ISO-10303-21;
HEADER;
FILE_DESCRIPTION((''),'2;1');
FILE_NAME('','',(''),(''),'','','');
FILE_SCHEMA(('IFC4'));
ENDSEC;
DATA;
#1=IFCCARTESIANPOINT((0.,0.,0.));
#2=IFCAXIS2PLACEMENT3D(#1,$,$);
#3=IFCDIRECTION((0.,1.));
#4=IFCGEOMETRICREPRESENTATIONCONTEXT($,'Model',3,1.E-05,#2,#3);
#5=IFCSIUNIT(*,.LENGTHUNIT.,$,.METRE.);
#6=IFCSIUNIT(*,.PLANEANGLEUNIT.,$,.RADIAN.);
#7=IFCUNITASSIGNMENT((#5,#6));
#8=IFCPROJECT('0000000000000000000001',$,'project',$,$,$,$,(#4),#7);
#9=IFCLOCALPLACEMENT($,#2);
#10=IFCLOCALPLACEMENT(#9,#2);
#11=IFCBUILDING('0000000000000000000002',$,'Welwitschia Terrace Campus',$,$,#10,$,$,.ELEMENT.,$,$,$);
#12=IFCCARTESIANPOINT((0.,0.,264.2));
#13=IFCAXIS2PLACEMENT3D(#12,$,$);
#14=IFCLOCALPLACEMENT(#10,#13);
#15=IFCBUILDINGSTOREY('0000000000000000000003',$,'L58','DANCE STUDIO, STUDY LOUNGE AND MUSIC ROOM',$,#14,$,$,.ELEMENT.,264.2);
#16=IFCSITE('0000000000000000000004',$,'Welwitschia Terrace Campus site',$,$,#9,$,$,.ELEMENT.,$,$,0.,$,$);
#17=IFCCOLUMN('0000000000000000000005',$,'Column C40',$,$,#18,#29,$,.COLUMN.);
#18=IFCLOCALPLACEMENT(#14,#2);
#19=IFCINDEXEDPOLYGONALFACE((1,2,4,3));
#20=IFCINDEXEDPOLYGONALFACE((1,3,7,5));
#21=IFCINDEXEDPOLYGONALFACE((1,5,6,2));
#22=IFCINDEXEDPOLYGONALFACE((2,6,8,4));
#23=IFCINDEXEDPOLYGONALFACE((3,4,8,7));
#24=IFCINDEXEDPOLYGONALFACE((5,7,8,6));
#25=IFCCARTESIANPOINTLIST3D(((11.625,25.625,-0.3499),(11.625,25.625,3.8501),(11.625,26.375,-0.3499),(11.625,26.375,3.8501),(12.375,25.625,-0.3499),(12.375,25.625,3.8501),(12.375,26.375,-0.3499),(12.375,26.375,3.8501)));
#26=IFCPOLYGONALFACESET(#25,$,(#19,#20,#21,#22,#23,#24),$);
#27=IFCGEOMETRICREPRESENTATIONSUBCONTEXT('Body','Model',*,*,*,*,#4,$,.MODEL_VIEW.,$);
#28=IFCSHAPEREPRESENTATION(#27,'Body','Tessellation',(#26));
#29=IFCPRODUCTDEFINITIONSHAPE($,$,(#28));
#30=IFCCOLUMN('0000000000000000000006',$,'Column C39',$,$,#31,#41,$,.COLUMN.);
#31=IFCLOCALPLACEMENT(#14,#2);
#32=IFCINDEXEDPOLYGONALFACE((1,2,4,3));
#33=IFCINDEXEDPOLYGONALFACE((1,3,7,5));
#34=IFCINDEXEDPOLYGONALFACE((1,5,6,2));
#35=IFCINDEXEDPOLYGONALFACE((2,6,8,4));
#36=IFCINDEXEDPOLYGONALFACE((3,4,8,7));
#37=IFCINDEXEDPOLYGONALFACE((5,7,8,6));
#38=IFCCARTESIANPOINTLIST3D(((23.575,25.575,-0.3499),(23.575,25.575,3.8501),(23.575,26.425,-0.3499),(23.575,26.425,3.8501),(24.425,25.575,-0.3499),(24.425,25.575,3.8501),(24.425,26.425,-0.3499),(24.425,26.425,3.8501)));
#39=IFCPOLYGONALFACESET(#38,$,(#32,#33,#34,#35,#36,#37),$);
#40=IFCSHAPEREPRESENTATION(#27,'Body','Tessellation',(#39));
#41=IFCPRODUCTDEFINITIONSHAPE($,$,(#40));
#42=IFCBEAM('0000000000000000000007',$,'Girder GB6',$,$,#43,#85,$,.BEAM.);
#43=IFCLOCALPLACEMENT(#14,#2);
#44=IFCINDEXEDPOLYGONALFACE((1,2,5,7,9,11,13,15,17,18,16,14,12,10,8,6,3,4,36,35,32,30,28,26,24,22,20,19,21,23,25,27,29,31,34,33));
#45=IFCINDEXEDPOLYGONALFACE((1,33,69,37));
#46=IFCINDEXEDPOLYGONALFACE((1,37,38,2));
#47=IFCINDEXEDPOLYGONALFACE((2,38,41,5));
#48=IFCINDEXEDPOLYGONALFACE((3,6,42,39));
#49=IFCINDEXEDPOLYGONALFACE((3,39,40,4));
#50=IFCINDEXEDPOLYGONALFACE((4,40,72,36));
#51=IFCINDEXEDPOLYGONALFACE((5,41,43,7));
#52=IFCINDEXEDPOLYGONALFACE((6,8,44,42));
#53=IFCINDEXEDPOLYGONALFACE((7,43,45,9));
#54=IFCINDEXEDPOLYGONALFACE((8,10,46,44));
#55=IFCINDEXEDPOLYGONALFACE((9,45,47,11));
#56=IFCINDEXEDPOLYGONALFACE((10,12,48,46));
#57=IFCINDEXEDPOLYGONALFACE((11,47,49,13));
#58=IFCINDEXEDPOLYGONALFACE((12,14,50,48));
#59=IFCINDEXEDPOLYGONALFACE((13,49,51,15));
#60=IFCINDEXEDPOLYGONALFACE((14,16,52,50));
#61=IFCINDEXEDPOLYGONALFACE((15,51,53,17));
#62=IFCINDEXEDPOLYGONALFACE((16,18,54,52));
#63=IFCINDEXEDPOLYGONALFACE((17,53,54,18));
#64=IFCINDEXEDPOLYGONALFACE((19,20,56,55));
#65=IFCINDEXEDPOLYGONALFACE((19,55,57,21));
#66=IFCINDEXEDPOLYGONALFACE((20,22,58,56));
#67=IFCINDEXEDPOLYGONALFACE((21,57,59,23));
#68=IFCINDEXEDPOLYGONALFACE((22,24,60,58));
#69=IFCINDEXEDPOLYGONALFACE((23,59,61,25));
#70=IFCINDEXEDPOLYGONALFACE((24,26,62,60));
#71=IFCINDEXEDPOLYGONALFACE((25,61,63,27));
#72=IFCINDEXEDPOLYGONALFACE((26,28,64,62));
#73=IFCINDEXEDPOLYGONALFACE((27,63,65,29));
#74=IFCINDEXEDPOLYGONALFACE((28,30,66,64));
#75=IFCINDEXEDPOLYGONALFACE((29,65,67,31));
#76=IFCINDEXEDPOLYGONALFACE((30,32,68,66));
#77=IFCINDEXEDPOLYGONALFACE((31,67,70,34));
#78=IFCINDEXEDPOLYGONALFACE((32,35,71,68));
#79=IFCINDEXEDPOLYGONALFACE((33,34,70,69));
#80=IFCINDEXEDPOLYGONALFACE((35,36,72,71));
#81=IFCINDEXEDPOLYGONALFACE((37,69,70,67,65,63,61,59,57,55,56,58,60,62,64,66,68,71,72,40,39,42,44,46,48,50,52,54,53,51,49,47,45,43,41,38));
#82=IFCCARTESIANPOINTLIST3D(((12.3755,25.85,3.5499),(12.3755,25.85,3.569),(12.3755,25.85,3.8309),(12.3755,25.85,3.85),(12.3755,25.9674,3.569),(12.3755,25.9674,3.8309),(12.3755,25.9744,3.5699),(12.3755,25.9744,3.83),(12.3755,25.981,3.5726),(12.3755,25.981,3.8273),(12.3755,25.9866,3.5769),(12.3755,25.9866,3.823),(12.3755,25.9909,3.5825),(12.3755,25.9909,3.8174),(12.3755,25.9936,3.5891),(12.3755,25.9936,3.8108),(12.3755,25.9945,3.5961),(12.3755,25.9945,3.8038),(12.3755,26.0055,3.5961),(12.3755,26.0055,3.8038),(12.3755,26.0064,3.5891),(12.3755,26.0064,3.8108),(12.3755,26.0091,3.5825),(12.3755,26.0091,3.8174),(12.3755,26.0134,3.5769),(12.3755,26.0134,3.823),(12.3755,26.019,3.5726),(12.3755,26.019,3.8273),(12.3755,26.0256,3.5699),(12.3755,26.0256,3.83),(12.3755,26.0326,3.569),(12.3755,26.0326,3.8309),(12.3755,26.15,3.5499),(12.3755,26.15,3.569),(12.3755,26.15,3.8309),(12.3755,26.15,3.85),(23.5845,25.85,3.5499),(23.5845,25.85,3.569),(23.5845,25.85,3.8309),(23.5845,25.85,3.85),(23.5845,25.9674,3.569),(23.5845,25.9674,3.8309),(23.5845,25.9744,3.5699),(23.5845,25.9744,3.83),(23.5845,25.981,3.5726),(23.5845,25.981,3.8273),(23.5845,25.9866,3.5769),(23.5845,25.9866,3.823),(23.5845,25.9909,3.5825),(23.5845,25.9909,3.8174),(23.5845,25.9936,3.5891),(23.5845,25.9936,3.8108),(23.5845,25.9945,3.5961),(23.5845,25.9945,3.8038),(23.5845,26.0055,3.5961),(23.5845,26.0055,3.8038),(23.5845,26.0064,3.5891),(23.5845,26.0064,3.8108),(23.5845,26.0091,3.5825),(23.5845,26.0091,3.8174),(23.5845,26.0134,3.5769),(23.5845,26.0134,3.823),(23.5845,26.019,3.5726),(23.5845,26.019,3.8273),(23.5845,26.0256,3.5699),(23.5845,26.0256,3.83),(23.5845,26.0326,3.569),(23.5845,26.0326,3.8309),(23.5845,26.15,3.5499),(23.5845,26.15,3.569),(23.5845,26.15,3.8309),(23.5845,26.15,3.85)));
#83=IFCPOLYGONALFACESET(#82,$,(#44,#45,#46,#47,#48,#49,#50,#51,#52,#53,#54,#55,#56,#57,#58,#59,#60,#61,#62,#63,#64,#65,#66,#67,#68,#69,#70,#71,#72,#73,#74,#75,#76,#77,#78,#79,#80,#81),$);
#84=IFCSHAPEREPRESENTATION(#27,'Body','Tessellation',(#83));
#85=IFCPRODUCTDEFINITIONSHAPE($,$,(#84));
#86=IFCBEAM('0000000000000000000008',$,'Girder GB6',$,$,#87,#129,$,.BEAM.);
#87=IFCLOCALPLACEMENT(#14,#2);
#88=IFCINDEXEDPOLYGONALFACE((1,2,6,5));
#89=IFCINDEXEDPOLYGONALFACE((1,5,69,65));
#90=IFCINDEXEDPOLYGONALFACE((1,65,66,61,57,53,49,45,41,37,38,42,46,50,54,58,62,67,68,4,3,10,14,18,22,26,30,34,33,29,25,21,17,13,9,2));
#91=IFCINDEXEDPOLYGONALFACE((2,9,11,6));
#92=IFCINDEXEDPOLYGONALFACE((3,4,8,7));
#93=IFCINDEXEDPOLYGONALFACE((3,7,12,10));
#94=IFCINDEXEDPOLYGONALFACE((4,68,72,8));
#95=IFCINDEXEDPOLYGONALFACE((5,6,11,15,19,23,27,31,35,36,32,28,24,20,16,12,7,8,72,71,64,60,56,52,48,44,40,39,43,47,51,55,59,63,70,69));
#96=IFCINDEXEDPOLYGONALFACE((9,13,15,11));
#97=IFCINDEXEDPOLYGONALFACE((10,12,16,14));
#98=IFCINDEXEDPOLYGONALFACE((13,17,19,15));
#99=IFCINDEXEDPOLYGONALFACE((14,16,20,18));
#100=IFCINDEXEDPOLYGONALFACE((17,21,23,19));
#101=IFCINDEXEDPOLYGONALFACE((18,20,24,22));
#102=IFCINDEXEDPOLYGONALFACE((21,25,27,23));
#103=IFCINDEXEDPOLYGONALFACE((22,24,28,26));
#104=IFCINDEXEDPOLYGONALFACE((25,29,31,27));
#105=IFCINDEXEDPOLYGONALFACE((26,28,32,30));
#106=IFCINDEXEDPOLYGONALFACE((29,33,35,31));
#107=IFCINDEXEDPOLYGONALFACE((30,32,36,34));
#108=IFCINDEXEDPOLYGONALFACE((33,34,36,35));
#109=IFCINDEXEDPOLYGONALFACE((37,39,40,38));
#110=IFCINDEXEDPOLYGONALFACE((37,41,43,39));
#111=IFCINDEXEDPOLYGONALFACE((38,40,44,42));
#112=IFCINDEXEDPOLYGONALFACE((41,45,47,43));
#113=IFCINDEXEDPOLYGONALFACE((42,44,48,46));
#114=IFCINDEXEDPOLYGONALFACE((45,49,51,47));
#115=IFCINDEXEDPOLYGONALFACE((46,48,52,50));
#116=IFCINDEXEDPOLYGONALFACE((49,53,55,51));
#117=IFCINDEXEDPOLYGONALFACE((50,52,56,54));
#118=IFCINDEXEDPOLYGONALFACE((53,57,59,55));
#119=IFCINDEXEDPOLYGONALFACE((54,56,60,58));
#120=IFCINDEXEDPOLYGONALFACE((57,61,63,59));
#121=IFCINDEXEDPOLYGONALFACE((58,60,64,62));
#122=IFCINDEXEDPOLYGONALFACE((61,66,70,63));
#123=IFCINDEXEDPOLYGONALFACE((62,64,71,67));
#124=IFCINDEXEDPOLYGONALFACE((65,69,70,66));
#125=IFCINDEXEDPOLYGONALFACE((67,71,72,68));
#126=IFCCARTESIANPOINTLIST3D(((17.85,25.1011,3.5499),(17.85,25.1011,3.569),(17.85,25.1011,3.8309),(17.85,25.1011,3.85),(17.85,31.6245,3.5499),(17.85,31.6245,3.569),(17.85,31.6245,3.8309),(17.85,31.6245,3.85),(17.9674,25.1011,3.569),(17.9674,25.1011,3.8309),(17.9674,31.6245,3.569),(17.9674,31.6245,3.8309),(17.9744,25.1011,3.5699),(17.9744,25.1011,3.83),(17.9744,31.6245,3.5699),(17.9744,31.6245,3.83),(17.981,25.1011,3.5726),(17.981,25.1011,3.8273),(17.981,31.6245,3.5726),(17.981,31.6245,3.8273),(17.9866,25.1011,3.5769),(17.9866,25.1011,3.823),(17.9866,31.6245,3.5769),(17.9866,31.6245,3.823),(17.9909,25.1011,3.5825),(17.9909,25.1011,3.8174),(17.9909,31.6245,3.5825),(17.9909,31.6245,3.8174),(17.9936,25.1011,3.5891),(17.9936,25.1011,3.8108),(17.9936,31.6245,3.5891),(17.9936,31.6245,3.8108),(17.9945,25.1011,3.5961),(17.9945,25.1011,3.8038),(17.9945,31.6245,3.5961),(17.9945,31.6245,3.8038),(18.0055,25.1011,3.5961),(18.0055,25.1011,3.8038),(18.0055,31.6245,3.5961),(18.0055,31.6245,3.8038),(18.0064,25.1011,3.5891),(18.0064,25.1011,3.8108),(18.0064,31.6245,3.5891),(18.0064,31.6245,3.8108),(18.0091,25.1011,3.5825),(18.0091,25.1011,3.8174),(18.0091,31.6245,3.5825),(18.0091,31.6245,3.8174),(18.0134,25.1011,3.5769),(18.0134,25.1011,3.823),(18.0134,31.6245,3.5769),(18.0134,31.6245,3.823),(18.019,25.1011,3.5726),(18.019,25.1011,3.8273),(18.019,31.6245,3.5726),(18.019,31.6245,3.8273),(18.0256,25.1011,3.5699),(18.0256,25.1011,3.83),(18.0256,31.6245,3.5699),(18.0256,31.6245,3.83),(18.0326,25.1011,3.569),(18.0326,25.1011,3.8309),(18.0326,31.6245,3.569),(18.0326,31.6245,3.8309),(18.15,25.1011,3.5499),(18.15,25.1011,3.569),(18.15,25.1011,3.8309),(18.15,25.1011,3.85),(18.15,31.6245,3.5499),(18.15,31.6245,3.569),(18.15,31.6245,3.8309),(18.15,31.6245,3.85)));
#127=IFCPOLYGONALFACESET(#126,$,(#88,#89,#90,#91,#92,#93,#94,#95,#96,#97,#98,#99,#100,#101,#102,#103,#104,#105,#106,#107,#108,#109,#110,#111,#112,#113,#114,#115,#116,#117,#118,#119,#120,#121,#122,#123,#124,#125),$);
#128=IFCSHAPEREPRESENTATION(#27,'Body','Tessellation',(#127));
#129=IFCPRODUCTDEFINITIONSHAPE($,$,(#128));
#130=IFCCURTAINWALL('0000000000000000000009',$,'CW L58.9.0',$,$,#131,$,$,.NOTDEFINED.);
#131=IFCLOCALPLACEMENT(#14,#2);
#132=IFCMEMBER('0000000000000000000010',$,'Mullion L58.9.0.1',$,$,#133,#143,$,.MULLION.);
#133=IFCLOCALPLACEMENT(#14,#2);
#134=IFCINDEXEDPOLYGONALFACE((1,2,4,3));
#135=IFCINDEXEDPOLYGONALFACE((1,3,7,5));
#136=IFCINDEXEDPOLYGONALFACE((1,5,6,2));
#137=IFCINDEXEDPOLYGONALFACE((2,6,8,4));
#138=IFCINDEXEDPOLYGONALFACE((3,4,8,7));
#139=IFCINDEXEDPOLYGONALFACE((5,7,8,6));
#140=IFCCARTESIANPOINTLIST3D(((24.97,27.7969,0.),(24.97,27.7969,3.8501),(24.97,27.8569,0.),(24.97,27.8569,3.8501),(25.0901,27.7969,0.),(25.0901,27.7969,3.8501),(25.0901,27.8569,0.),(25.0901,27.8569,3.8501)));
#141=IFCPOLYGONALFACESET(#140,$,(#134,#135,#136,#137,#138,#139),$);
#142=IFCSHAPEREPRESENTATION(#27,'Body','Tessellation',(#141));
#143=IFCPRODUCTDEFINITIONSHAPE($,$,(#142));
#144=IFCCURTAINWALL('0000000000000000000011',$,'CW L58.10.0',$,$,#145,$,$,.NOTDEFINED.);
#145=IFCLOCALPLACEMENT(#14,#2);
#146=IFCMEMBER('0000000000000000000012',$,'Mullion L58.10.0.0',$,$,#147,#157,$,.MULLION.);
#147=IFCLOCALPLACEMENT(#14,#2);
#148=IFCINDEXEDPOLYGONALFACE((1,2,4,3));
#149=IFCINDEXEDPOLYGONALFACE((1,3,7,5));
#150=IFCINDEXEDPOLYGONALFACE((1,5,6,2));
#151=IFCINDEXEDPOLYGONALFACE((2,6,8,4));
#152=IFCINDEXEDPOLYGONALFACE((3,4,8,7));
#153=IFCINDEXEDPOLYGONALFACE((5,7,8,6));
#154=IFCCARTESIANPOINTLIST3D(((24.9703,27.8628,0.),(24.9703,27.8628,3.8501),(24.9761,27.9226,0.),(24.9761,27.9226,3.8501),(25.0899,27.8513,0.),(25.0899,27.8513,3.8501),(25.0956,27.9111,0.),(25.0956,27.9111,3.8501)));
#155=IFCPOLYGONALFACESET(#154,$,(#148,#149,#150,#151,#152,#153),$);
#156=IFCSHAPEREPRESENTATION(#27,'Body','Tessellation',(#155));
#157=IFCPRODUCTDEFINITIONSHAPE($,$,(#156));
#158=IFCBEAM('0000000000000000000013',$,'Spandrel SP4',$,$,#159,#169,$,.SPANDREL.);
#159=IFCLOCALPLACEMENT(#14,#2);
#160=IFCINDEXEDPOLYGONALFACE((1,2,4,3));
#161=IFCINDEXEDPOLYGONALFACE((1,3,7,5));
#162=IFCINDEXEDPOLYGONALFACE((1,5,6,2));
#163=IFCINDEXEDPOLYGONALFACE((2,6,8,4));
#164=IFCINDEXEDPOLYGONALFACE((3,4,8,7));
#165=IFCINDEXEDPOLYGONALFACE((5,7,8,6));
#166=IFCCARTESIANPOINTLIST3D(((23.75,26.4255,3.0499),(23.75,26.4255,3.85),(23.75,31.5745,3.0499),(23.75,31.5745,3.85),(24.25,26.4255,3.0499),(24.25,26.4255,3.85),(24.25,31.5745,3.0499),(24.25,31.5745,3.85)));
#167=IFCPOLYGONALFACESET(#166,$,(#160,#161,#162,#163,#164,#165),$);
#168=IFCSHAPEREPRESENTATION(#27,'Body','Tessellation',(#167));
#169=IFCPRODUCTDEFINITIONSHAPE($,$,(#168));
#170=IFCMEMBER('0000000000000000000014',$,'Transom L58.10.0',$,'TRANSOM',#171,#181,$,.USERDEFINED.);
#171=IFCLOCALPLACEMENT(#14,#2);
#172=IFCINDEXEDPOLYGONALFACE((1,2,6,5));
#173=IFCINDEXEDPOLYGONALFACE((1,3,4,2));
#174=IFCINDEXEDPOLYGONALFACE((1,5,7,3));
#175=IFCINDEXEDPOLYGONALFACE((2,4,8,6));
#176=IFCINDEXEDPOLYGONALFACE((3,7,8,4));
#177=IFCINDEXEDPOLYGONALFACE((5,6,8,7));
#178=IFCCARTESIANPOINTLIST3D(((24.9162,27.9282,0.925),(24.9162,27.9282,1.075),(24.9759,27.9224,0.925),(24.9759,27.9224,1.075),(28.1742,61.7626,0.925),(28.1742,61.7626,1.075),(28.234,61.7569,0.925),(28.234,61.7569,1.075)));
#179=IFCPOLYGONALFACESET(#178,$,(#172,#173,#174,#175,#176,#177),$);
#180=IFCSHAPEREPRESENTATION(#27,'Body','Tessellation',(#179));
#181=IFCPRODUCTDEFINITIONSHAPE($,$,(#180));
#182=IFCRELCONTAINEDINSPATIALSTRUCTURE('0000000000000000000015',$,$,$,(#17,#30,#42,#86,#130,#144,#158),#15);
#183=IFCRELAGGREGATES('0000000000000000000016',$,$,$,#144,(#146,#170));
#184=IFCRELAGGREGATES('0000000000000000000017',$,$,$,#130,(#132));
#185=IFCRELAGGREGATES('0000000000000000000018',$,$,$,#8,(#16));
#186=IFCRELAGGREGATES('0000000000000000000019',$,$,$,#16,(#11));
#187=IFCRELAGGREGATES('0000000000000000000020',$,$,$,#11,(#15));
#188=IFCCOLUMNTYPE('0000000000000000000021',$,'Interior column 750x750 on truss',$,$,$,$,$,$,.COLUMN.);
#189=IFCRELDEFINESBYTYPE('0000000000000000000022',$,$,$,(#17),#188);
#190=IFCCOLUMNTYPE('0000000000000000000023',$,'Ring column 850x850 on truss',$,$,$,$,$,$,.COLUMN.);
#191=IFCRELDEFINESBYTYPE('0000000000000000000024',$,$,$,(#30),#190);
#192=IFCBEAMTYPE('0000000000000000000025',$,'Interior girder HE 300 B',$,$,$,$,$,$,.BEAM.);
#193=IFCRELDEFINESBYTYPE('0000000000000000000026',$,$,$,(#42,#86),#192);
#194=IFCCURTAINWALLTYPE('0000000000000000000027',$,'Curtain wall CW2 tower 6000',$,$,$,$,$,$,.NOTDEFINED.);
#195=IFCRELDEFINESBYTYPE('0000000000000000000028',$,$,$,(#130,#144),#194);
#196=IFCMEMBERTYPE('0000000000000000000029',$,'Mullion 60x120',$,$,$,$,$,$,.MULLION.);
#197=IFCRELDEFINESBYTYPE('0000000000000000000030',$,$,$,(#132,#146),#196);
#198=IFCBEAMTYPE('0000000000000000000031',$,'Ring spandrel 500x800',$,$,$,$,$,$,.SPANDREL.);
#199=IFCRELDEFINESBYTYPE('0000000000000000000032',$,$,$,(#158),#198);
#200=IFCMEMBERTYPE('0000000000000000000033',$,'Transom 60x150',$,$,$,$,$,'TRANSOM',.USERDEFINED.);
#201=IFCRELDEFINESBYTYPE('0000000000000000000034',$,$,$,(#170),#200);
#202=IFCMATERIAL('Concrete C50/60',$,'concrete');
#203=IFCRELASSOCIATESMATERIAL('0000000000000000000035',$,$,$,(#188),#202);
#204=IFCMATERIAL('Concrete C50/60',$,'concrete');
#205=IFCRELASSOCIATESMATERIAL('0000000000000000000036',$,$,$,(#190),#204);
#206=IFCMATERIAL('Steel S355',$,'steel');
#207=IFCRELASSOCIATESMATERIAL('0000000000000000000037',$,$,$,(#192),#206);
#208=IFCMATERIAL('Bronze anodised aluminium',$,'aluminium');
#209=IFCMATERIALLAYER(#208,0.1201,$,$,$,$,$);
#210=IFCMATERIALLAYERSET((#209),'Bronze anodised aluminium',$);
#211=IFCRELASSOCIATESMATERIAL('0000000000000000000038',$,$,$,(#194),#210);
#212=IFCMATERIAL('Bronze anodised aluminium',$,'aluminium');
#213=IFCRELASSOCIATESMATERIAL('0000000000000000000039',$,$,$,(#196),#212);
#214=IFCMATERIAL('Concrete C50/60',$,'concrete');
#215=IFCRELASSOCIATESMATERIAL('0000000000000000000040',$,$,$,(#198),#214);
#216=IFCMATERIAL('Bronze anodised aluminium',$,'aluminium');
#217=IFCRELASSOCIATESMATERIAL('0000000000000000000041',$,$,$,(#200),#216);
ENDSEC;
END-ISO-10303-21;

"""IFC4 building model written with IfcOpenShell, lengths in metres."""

from ifc_helpers import new_model, si_unit, direction, frame, origin, origin_2d, place, context, subcontext, project, spatial, rectangle, i_section, extrude, material, layer, layer_set, material_profile, profile_set, type_object, element, aggregate, save


model = new_model("IFC4")

# Units and contexts
model_context = context("Model", 3, precision=1e-05, world=origin(), true_north=direction((0.0, 1.0)))
body_context = subcontext(model_context, "Body", "Model", "MODEL_VIEW")
ifc_project = project(units=[si_unit("LENGTHUNIT", "METRE"), si_unit("PLANEANGLEUNIT", "RADIAN")], contexts=[model_context])

# Site, building, storey
site_placement = place(None, origin())
site = spatial("IfcSite", under=ifc_project, at=site_placement, Name="Welwitschia Terrace Campus site", CompositionType="ELEMENT", RefElevation=0.0)
building_placement = place(site_placement, origin())
building = spatial("IfcBuilding", under=site, at=building_placement, Name="Welwitschia Terrace Campus", CompositionType="ELEMENT")
storey_placement = place(building_placement, frame((0.0, 0.0, 264.2)))
storey = spatial("IfcBuildingStorey", under=building, at=storey_placement, Name="L58", Description="DANCE STUDIO, STUDY LOUNGE AND MUSIC ROOM", CompositionType="ELEMENT", Elevation=264.2)

# Columns
ifc_material_1 = material(Name="Concrete C50/60", Category="concrete")
ifc_material_profile_1 = material_profile(ifc_material_1, rectangle(XDim=0.75, YDim=0.75, at=origin_2d()))
ifc_profile_set_1 = profile_set([ifc_material_profile_1], Name="Concrete C50/60")
column_type_1 = type_object("IfcColumnType", Name="Interior column 750x750 on truss", PredefinedType="COLUMN", material=ifc_profile_set_1)
column_1_placement = place(storey_placement, frame((12.0, 26.0, -0.3499), z_axis=(0.0, 0.0, 1.0), x_axis=(1.0, 0.0, 0.0)))
element("IfcColumn", 1, at=column_1_placement, inside=storey, type_object=column_type_1, Name="Column C40", PredefinedType="COLUMN", context=body_context, shape_type="SweptSolid", body=[
    extrude(rectangle(XDim=0.75, YDim=0.75, at=origin_2d()), origin(), (0.0, 0.0, 1.0), 4.2),
])
ifc_material_2 = material(Name="Concrete C50/60", Category="concrete")
ifc_material_profile_2 = material_profile(ifc_material_2, rectangle(XDim=0.8501, YDim=0.8501, at=origin_2d()))
ifc_profile_set_2 = profile_set([ifc_material_profile_2], Name="Concrete C50/60")
column_type_2 = type_object("IfcColumnType", Name="Ring column 850x850 on truss", PredefinedType="COLUMN", material=ifc_profile_set_2)
column_2_placement = place(storey_placement, frame((24.0, 26.0, -0.3499), z_axis=(0.0, 0.0, 1.0), x_axis=(1.0, 0.0, 0.0)))
element("IfcColumn", 2, at=column_2_placement, inside=storey, type_object=column_type_2, Name="Column C39", PredefinedType="COLUMN", context=body_context, shape_type="SweptSolid", body=[
    extrude(rectangle(XDim=0.8501, YDim=0.8501, at=origin_2d()), origin(), (0.0, 0.0, 1.0), 4.2),
])

# Beams
ifc_material_3 = material(Name="Steel S355", Category="steel")
ifc_material_profile_3 = material_profile(ifc_material_3, i_section(OverallWidth=0.3, OverallDepth=0.3, WebThickness=0.011, FlangeThickness=0.019, FilletRadius=0.0271, at=origin_2d()))
ifc_profile_set_3 = profile_set([ifc_material_profile_3], Name="Steel S355")
beam_type_1 = type_object("IfcBeamType", Name="Interior girder HE 300 B", PredefinedType="BEAM", material=ifc_profile_set_3)
beam_1_placement = place(storey_placement, frame((12.3755, 26.0, 3.7), z_axis=(1.0, 0.0, 0.0), x_axis=(0.0, 1.0, 0.0)))
element("IfcBeam", 3, at=beam_1_placement, inside=storey, type_object=beam_type_1, Name="Girder GB6", PredefinedType="BEAM", context=body_context, shape_type="SweptSolid", body=[
    extrude(i_section(OverallWidth=0.3, OverallDepth=0.3, WebThickness=0.011, FlangeThickness=0.019, FilletRadius=0.0271, at=origin_2d()), origin(), (0.0, 0.0, 1.0), 11.209),
])
beam_2_placement = place(storey_placement, frame((18.0, 25.1011, 3.7), z_axis=(0.0, 1.0, 0.0), x_axis=(-1.0, 0.0, 0.0)))
element("IfcBeam", 4, at=beam_2_placement, inside=storey, type_object=beam_type_1, Name="Girder GB6", PredefinedType="BEAM", context=body_context, shape_type="SweptSolid", body=[
    extrude(i_section(OverallWidth=0.3, OverallDepth=0.3, WebThickness=0.011, FlangeThickness=0.019, FilletRadius=0.0271, at=origin_2d()), origin(), (0.0, 0.0, 1.0), 6.5234),
])

# Curtain walls, members
ifc_material_4 = material(Name="Bronze anodised aluminium", Category="aluminium")
ifc_layer_1 = layer(ifc_material_4, 0.1201)
ifc_layer_set_1 = layer_set([ifc_layer_1], Name="Bronze anodised aluminium")
curtain_wall_type = type_object("IfcCurtainWallType", Name="Curtain wall CW2 tower 6000", PredefinedType="NOTDEFINED", material=ifc_layer_set_1)
curtain_wall_1_placement = place(storey_placement, origin())
curtain_wall_1 = element("IfcCurtainWall", 5, at=curtain_wall_1_placement, inside=storey, type_object=curtain_wall_type, Name="CW L58.9.0", PredefinedType="NOTDEFINED")
ifc_material_5 = material(Name="Bronze anodised aluminium", Category="aluminium")
ifc_material_profile_4 = material_profile(ifc_material_5, rectangle(XDim=0.1201, YDim=0.0601, at=origin_2d()))
ifc_profile_set_4 = profile_set([ifc_material_profile_4], Name="Bronze anodised aluminium")
member_type_1 = type_object("IfcMemberType", Name="Mullion 60x120", PredefinedType="MULLION", material=ifc_profile_set_4)
member_1_placement = place(storey_placement, frame((25.03, 27.8269, 0.0), z_axis=(0.0, 0.0, 1.0), x_axis=(-1.0, 0.0, 0.0)))
member_1 = element("IfcMember", 6, at=member_1_placement, type_object=member_type_1, Name="Mullion L58.9.0.1", PredefinedType="MULLION", context=body_context, shape_type="SweptSolid", body=[
    extrude(rectangle(XDim=0.1201, YDim=0.0601, at=origin_2d()), origin(), (0.0, 0.0, 1.0), 3.8501),
])
curtain_wall_2_placement = place(storey_placement, origin())
curtain_wall_2 = element("IfcCurtainWall", 7, at=curtain_wall_2_placement, inside=storey, type_object=curtain_wall_type, Name="CW L58.10.0", PredefinedType="NOTDEFINED")
member_2_placement = place(storey_placement, frame((25.033, 27.887, 0.0), z_axis=(0.0, 0.0, 1.0), x_axis=(-0.995396, 0.095846, 0.0)))
member_2 = element("IfcMember", 8, at=member_2_placement, type_object=member_type_1, Name="Mullion L58.10.0.0", PredefinedType="MULLION", context=body_context, shape_type="SweptSolid", body=[
    extrude(rectangle(XDim=0.1201, YDim=0.0601, at=origin_2d()), origin(), (0.0, 0.0, 1.0), 3.8501),
])

# Beam
ifc_material_6 = material(Name="Concrete C50/60", Category="concrete")
ifc_material_profile_5 = material_profile(ifc_material_6, rectangle(XDim=0.5, YDim=0.8, at=origin_2d()))
ifc_profile_set_5 = profile_set([ifc_material_profile_5], Name="Concrete C50/60")
beam_type_2 = type_object("IfcBeamType", Name="Ring spandrel 500x800", PredefinedType="SPANDREL", material=ifc_profile_set_5)
beam_3_placement = place(storey_placement, frame((24.0, 26.4255, 3.45), z_axis=(0.0, 1.0, 0.0), x_axis=(-1.0, 0.0, 0.0)))
element("IfcBeam", 9, at=beam_3_placement, inside=storey, type_object=beam_type_2, Name="Spandrel SP4", PredefinedType="SPANDREL", context=body_context, shape_type="SweptSolid", body=[
    extrude(rectangle(XDim=0.5, YDim=0.8, at=origin_2d()), origin(), (0.0, 0.0, 1.0), 5.1489),
])

# Member
ifc_material_7 = material(Name="Bronze anodised aluminium", Category="aluminium")
ifc_material_profile_6 = material_profile(ifc_material_7, rectangle(XDim=0.0601, YDim=0.1499, at=origin_2d()))
ifc_profile_set_6 = profile_set([ifc_material_profile_6], Name="Bronze anodised aluminium")
member_type_2 = type_object("IfcMemberType", Name="Transom 60x150", ElementType="TRANSOM", PredefinedType="USERDEFINED", material=ifc_profile_set_6)
member_3_placement = place(storey_placement, frame((24.946, 27.9253, 1.0), z_axis=(0.095851, 0.995396, 0.0), x_axis=(-0.995396, 0.095851, 0.0)))
member_3 = element("IfcMember", 10, at=member_3_placement, type_object=member_type_2, Name="Transom L58.10.0", ObjectType="TRANSOM", PredefinedType="USERDEFINED", context=body_context, shape_type="SweptSolid", body=[
    extrude(rectangle(XDim=0.0601, YDim=0.1499, at=origin_2d()), origin(), (0.0, 0.0, 1.0), 33.991),
])
aggregate(curtain_wall_2, [member_2, member_3])

aggregate(curtain_wall_1, [member_1])

save(model, "model.ifc")
